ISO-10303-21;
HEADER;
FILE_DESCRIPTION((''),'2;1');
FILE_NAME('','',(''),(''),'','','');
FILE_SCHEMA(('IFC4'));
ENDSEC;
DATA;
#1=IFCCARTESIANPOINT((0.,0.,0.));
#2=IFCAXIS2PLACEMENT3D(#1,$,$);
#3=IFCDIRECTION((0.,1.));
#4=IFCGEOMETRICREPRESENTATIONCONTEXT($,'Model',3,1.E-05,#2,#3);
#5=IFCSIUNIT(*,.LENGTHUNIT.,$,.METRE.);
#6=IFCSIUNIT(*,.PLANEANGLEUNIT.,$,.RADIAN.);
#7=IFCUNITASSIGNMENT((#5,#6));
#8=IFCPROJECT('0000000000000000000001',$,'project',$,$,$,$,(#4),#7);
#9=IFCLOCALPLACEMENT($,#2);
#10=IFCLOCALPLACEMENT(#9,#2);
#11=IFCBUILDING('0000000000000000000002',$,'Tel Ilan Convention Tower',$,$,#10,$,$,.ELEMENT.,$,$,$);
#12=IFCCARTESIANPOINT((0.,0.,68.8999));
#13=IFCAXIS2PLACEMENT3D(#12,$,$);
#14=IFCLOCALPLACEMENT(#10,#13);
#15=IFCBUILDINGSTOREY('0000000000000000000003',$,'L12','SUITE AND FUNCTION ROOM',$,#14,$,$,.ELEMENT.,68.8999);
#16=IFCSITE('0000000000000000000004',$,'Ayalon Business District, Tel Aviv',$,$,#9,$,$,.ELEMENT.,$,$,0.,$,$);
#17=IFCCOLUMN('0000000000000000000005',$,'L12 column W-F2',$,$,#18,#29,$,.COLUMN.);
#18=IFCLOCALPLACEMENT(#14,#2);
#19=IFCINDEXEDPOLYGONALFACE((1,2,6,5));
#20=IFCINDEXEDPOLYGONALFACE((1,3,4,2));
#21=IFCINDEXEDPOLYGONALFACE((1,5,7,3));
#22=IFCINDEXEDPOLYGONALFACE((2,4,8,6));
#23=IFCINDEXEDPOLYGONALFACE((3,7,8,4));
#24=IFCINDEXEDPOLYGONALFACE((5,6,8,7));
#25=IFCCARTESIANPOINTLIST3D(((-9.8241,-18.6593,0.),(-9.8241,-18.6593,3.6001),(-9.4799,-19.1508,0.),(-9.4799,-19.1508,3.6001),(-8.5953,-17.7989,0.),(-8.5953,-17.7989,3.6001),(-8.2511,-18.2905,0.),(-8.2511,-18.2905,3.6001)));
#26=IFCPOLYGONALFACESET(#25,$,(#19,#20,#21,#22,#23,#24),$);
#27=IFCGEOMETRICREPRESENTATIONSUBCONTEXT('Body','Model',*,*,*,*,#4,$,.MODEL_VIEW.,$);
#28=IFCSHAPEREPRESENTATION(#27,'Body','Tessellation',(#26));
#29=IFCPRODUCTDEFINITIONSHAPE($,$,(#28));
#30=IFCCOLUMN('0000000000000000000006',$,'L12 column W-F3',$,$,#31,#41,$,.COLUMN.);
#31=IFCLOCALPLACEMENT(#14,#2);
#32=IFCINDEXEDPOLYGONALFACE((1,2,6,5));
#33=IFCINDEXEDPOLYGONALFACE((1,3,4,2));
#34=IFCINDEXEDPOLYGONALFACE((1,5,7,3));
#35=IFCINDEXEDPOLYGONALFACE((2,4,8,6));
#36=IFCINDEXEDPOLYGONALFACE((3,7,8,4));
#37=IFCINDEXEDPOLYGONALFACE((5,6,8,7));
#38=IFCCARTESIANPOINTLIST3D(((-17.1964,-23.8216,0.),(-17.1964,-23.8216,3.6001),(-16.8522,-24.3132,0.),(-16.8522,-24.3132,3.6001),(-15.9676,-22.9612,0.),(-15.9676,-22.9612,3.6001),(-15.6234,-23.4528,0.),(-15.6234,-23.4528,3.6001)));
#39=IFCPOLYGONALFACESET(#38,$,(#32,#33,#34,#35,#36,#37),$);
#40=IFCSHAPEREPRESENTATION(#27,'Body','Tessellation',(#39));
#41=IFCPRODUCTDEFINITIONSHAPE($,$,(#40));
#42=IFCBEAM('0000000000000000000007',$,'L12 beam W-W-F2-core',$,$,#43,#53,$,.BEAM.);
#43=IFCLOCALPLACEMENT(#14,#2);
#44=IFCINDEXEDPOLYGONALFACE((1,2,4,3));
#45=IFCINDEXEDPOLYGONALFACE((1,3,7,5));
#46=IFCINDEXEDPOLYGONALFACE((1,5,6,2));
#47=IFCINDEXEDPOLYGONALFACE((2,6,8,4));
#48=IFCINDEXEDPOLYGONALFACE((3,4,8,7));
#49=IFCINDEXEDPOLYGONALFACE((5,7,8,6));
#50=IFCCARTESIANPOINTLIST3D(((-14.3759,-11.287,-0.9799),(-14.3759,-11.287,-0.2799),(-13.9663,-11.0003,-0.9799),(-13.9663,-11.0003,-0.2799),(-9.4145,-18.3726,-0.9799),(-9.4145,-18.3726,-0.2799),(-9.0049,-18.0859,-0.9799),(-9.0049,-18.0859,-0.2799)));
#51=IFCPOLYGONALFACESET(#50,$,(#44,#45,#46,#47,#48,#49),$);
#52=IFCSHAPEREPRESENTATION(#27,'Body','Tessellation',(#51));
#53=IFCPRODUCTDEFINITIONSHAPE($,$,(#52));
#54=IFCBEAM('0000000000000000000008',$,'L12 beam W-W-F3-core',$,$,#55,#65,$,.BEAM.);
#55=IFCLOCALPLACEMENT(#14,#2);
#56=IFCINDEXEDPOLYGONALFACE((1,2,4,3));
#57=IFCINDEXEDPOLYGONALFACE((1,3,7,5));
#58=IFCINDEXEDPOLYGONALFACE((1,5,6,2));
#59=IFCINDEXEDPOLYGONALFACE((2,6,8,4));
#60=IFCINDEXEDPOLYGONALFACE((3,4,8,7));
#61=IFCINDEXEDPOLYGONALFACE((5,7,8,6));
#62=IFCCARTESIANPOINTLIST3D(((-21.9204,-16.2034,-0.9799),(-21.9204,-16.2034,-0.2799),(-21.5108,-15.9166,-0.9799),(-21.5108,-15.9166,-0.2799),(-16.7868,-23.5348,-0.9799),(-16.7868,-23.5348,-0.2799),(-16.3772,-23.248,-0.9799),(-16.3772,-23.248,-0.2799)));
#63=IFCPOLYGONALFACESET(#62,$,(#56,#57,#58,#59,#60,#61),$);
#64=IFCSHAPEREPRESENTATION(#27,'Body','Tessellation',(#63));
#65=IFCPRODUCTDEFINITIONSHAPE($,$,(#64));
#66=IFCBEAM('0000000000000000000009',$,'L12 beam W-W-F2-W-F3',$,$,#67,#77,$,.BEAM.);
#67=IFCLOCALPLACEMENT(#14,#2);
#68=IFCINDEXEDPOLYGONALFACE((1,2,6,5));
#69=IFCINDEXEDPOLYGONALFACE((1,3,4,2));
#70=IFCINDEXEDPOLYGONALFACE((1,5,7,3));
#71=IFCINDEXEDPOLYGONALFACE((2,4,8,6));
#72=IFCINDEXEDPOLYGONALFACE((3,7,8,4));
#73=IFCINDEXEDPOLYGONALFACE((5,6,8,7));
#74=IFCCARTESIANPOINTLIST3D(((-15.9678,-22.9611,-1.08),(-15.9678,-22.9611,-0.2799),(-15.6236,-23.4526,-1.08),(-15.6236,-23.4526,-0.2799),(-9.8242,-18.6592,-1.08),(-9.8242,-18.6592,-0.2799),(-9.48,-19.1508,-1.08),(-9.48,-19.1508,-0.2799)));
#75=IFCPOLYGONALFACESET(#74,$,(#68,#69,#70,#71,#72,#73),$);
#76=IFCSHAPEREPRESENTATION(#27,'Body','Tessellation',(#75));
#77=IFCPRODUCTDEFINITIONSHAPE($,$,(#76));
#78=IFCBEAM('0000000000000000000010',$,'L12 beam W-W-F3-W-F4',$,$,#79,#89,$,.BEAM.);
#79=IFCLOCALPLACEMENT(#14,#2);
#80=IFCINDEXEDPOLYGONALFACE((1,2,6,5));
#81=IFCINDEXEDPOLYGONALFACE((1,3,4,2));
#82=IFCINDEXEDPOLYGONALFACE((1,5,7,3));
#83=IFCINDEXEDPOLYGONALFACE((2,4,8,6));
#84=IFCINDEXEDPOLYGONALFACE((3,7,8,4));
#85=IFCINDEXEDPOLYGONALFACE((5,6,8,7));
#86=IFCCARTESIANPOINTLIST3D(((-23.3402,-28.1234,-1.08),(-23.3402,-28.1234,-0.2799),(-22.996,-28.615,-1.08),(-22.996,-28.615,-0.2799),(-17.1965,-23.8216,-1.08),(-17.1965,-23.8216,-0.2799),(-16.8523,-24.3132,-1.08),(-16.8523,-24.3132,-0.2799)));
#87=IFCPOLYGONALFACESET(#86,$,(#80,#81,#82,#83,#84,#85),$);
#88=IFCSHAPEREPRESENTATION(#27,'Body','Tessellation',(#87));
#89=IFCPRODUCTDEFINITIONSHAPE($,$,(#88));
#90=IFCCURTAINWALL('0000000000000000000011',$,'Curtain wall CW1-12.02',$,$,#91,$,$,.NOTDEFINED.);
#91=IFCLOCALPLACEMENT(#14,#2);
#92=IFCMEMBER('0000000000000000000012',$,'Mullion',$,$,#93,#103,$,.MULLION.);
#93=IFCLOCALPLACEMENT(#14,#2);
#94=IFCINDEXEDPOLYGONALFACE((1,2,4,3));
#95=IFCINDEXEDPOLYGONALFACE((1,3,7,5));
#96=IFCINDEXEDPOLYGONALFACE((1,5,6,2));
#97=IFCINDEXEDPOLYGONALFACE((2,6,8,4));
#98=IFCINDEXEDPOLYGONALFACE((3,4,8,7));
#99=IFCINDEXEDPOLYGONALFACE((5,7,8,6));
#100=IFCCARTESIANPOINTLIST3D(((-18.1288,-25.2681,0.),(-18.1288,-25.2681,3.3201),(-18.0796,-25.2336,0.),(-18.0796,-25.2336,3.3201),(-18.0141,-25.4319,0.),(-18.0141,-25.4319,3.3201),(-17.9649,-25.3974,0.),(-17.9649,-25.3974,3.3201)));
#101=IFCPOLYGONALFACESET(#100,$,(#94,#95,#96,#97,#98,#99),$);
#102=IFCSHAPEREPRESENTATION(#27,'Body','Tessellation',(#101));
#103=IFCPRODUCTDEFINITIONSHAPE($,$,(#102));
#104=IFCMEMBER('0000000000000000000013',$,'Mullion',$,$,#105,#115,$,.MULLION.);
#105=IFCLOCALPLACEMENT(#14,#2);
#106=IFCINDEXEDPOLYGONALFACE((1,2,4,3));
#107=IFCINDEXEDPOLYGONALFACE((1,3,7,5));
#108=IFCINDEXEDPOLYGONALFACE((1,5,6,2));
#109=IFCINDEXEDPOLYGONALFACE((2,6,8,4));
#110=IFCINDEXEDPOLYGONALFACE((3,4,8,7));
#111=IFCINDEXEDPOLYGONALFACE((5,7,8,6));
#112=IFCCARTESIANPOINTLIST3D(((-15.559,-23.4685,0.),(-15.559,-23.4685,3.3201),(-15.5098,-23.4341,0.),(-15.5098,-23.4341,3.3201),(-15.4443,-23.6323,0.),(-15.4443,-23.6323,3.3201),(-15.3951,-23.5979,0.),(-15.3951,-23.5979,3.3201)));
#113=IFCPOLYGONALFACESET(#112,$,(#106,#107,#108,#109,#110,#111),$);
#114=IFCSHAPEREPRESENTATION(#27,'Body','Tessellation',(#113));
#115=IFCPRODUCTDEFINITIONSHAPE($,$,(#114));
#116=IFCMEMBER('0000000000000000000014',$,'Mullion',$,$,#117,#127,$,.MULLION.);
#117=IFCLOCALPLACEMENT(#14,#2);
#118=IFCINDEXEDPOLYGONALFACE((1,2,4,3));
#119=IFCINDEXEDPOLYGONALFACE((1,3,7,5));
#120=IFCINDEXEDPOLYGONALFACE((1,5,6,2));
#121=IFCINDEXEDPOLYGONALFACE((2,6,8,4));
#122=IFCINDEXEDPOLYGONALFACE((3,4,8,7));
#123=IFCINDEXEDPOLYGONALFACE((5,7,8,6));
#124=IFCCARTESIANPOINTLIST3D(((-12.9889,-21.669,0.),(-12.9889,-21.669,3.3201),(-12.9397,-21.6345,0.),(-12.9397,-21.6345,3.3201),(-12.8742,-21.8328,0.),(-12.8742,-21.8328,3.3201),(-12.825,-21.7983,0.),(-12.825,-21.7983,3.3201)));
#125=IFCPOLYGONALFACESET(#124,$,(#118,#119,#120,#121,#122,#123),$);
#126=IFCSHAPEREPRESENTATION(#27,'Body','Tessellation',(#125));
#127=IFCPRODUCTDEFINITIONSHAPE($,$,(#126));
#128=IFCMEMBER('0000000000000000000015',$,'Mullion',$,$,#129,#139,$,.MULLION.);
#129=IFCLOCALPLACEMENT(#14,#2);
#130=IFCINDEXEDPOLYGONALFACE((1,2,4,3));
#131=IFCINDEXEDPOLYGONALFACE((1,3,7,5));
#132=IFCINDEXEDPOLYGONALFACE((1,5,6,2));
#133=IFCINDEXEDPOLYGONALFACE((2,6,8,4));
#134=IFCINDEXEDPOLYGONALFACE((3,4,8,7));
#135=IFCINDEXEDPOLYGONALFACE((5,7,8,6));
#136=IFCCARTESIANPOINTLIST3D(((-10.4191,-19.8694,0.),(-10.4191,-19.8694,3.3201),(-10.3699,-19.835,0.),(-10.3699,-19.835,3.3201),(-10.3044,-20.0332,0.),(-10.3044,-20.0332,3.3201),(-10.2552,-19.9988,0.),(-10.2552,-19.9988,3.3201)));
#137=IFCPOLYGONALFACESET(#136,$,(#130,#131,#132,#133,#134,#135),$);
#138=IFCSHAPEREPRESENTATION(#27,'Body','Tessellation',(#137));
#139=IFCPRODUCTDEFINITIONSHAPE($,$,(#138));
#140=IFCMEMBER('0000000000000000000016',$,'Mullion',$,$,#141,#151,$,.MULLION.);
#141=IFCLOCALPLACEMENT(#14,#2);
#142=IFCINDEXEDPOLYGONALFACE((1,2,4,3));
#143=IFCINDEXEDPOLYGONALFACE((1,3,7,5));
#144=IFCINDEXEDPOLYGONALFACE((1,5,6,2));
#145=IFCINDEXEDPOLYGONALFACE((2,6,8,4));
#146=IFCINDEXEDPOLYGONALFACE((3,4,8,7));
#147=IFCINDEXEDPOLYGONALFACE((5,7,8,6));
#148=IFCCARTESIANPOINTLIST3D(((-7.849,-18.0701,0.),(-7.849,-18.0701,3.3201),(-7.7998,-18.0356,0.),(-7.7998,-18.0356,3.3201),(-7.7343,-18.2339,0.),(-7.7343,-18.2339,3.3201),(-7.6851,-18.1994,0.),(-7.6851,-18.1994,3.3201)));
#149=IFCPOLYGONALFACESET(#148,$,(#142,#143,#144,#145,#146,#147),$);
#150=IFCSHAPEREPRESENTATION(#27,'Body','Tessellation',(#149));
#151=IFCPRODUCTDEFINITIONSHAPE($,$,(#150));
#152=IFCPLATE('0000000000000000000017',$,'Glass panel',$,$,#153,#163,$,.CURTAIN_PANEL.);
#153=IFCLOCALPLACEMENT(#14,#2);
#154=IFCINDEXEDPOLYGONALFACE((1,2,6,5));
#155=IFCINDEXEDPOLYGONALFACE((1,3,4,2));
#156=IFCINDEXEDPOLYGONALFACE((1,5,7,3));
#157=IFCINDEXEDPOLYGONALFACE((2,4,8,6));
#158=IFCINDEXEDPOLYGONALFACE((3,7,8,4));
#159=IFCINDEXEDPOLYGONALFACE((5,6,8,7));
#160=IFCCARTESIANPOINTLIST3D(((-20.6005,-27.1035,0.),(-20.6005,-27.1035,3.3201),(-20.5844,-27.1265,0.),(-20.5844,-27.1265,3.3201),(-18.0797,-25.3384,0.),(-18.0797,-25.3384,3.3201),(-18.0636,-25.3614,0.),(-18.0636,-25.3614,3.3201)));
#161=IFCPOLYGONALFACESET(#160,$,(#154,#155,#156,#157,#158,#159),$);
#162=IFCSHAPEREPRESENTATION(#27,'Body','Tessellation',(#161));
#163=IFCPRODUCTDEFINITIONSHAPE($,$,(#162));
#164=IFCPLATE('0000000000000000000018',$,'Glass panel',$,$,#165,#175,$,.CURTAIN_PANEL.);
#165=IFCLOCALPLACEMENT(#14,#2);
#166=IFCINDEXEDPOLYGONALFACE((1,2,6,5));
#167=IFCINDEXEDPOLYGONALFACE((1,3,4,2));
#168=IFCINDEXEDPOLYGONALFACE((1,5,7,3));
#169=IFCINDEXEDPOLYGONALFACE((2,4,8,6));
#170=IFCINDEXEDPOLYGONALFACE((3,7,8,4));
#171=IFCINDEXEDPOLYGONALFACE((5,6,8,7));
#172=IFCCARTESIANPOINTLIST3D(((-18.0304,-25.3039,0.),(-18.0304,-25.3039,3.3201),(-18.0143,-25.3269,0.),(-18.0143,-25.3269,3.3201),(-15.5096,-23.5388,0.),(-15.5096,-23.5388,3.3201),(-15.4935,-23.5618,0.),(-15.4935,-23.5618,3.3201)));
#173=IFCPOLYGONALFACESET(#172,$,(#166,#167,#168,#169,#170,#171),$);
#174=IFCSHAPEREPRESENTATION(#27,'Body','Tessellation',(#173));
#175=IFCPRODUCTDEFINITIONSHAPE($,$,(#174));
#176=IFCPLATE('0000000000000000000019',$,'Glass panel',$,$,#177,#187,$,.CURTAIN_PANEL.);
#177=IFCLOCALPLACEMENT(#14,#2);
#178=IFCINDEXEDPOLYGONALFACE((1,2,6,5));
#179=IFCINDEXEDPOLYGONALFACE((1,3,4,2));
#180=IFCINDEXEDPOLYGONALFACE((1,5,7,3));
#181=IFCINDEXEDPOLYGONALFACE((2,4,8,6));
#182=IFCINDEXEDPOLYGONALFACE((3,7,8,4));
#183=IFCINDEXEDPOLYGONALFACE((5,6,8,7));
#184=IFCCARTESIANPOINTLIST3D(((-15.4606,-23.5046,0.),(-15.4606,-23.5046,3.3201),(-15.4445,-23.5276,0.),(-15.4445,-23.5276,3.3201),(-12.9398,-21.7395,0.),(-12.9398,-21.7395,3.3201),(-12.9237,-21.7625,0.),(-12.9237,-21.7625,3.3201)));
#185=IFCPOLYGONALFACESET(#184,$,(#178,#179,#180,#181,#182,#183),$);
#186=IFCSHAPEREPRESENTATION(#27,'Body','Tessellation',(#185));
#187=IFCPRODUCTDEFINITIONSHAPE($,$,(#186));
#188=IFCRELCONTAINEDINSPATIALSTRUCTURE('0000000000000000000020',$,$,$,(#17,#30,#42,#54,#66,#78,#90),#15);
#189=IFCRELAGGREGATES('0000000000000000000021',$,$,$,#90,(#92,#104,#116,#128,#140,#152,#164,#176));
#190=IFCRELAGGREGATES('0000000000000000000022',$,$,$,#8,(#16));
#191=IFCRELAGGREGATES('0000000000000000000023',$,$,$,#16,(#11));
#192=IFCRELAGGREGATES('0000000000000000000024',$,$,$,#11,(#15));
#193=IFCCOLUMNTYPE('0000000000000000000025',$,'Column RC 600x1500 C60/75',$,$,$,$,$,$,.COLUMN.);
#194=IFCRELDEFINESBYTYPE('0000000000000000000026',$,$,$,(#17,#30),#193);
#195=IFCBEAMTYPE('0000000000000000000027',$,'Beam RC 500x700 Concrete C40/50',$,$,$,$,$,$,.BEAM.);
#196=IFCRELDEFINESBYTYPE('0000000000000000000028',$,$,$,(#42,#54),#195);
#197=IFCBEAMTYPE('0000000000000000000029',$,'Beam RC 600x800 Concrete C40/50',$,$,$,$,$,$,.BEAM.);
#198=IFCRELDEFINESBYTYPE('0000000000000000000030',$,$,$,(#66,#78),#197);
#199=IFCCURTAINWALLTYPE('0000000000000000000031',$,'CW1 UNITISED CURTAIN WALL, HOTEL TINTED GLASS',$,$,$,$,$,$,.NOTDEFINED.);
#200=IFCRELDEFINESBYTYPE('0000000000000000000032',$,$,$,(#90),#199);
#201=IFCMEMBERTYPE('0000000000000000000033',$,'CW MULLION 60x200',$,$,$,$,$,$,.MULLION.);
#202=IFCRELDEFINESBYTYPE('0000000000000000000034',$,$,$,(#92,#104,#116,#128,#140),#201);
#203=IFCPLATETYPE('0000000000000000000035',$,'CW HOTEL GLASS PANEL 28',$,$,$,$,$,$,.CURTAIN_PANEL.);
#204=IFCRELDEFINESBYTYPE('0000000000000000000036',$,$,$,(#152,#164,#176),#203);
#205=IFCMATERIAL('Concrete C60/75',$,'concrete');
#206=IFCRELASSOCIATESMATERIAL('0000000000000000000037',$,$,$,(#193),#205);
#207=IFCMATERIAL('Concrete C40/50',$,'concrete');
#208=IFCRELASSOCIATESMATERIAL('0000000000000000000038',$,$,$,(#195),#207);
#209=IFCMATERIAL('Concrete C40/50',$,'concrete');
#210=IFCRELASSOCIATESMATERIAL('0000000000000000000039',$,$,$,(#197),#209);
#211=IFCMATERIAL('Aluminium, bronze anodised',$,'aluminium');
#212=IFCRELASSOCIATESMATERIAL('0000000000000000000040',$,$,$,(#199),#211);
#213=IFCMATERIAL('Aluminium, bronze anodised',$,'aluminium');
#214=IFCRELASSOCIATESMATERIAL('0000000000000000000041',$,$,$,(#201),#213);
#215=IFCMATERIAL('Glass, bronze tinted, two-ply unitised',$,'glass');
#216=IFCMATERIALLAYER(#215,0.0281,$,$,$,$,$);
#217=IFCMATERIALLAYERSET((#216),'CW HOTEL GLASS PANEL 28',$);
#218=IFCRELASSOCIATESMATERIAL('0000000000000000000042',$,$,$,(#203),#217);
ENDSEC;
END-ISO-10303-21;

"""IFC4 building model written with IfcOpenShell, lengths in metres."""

from ifc_helpers import new_model, si_unit, direction, frame, origin, origin_2d, place, context, subcontext, project, spatial, rectangle, extrude, material, layer, layer_set, material_profile, profile_set, type_object, element, aggregate, save


model = new_model("IFC4")

# Units and contexts
model_context = context("Model", 3, precision=1e-05, world=origin(), true_north=direction((0.0, 1.0)))
body_context = subcontext(model_context, "Body", "Model", "MODEL_VIEW")
ifc_project = project(units=[si_unit("LENGTHUNIT", "METRE"), si_unit("PLANEANGLEUNIT", "RADIAN")], contexts=[model_context])

# Site, building, storey
site_placement = place(None, origin())
site = spatial("IfcSite", under=ifc_project, at=site_placement, Name="Ayalon Business District, Tel Aviv", CompositionType="ELEMENT", RefElevation=0.0)
building_placement = place(site_placement, origin())
building = spatial("IfcBuilding", under=site, at=building_placement, Name="Tel Ilan Convention Tower", CompositionType="ELEMENT")
storey_placement = place(building_placement, frame((0.0, 0.0, 68.8999)))
storey = spatial("IfcBuildingStorey", under=building, at=storey_placement, Name="L12", Description="SUITE AND FUNCTION ROOM", CompositionType="ELEMENT", Elevation=68.8999)

# Columns
ifc_material_1 = material(Name="Concrete C60/75", Category="concrete")
ifc_material_profile_1 = material_profile(ifc_material_1, rectangle(XDim=1.5, YDim=0.6001, at=origin_2d()), Name="RC 600x1500")
ifc_profile_set_1 = profile_set([ifc_material_profile_1], Name="Concrete C60/75")
column_type = type_object("IfcColumnType", Name="Column RC 600x1500 C60/75", PredefinedType="COLUMN", material=ifc_profile_set_1)
for number, where, z_axis, x_axis, name in (
    (1, (-9.0376, -18.4749, 0.0), (0.0, 0.0, 1.0), (-0.819152, -0.573576, 0.0), "L12 column W-F2"),
    (2, (-16.4099, -23.6372, 0.0), (0.0, 0.0, 1.0), (-0.819152, -0.573576, 0.0), "L12 column W-F3"),
):
    element("IfcColumn", number, at=place(storey_placement, frame(where, z_axis=z_axis, x_axis=x_axis)), inside=storey, type_object=column_type, Name=name, PredefinedType="COLUMN", context=body_context, shape_type="SweptSolid", body=[
        extrude(rectangle(XDim=1.5, YDim=0.6001, at=origin_2d()), origin(), (0.0, 0.0, 1.0), 3.6001),
    ])

# Beams
ifc_material_2 = material(Name="Concrete C40/50", Category="concrete")
ifc_material_profile_2 = material_profile(ifc_material_2, rectangle(XDim=0.5, YDim=0.7, at=origin_2d()), Name="RC 500x700")
ifc_profile_set_2 = profile_set([ifc_material_profile_2], Name="Concrete C40/50")
beam_type_1 = type_object("IfcBeamType", Name="Beam RC 500x700 Concrete C40/50", PredefinedType="BEAM", material=ifc_profile_set_2)
beam_1_placement = place(storey_placement, frame((-9.2097, -18.2292, -0.6299), z_axis=(-0.573574, 0.819154, 0.0), x_axis=(-0.819154, -0.573574, 0.0)))
element("IfcBeam", 3, at=beam_1_placement, inside=storey, type_object=beam_type_1, Name="L12 beam W-W-F2-core", PredefinedType="BEAM", context=body_context, shape_type="SweptSolid", body=[
    extrude(rectangle(XDim=0.5, YDim=0.7, at=origin_2d()), origin(), (0.0, 0.0, 1.0), 8.6499),
])
beam_2_placement = place(storey_placement, frame((-16.582, -23.3914, -0.6299), z_axis=(-0.573585, 0.819146, 0.0), x_axis=(-0.819146, -0.573585, 0.0)))
element("IfcBeam", 4, at=beam_2_placement, inside=storey, type_object=beam_type_1, Name="L12 beam W-W-F3-core", PredefinedType="BEAM", context=body_context, shape_type="SweptSolid", body=[
    extrude(rectangle(XDim=0.5, YDim=0.7, at=origin_2d()), origin(), (0.0, 0.0, 1.0), 8.95),
])
ifc_material_3 = material(Name="Concrete C40/50", Category="concrete")
ifc_material_profile_3 = material_profile(ifc_material_3, rectangle(XDim=0.6001, YDim=0.8, at=origin_2d()), Name="RC 600x800")
ifc_profile_set_3 = profile_set([ifc_material_profile_3], Name="Concrete C40/50")
beam_type_2 = type_object("IfcBeamType", Name="Beam RC 600x800 Concrete C40/50", PredefinedType="BEAM", material=ifc_profile_set_3)
for number, where, z_axis, x_axis, name in (
    (5, (-9.6521, -18.905, -0.6799), (-0.819152, -0.573576, 0.0), (0.573576, -0.819152, 0.0), "L12 beam W-W-F2-W-F3"),
    (6, (-17.0244, -24.0674, -0.6799), (-0.819152, -0.573576, 0.0), (0.573576, -0.819152, 0.0), "L12 beam W-W-F3-W-F4"),
):
    element("IfcBeam", number, at=place(storey_placement, frame(where, z_axis=z_axis, x_axis=x_axis)), inside=storey, type_object=beam_type_2, Name=name, PredefinedType="BEAM", context=body_context, shape_type="SweptSolid", body=[
        extrude(rectangle(XDim=0.6001, YDim=0.8, at=origin_2d()), origin(), (0.0, 0.0, 1.0), 7.5),
    ])

# Curtain wall, members, plates
ifc_material_4 = material(Name="Aluminium, bronze anodised", Category="aluminium")
curtain_wall_type = type_object("IfcCurtainWallType", Name="CW1 UNITISED CURTAIN WALL, HOTEL TINTED GLASS", PredefinedType="NOTDEFINED", material=ifc_material_4)
curtain_wall_placement = place(storey_placement, origin())
curtain_wall = element("IfcCurtainWall", 7, at=curtain_wall_placement, inside=storey, type_object=curtain_wall_type, Name="Curtain wall CW1-12.02", PredefinedType="NOTDEFINED")
ifc_material_5 = material(Name="Aluminium, bronze anodised", Category="aluminium")
ifc_material_profile_4 = material_profile(ifc_material_5, rectangle(XDim=0.0601, YDim=0.2, at=origin_2d()), Name="CW MULLION 60x200")
ifc_profile_set_4 = profile_set([ifc_material_profile_4], Name="Aluminium, bronze anodised")
member_type = type_object("IfcMemberType", Name="CW MULLION 60x200", PredefinedType="MULLION", material=ifc_profile_set_4)
member_1_placement = place(storey_placement, frame((-18.0469, -25.3328, 0.0), z_axis=(0.0, 0.0, 1.0), x_axis=(0.819152, 0.573576, 0.0)))
member_1 = element("IfcMember", 8, at=member_1_placement, type_object=member_type, Name="Mullion", PredefinedType="MULLION", context=body_context, shape_type="SweptSolid", body=[
    extrude(rectangle(XDim=0.0601, YDim=0.2, at=origin_2d()), origin(), (0.0, 0.0, 1.0), 3.3201),
])
member_2_placement = place(storey_placement, frame((-15.4771, -23.5332, 0.0), z_axis=(0.0, 0.0, 1.0), x_axis=(0.819152, 0.573576, 0.0)))
member_2 = element("IfcMember", 9, at=member_2_placement, type_object=member_type, Name="Mullion", PredefinedType="MULLION", context=body_context, shape_type="SweptSolid", body=[
    extrude(rectangle(XDim=0.0601, YDim=0.2, at=origin_2d()), origin(), (0.0, 0.0, 1.0), 3.3201),
])
member_3_placement = place(storey_placement, frame((-12.907, -21.7336, 0.0), z_axis=(0.0, 0.0, 1.0), x_axis=(0.819152, 0.573576, 0.0)))
member_3 = element("IfcMember", 10, at=member_3_placement, type_object=member_type, Name="Mullion", PredefinedType="MULLION", context=body_context, shape_type="SweptSolid", body=[
    extrude(rectangle(XDim=0.0601, YDim=0.2, at=origin_2d()), origin(), (0.0, 0.0, 1.0), 3.3201),
])
member_4_placement = place(storey_placement, frame((-10.3372, -19.9341, 0.0), z_axis=(0.0, 0.0, 1.0), x_axis=(0.819152, 0.573576, 0.0)))
member_4 = element("IfcMember", 11, at=member_4_placement, type_object=member_type, Name="Mullion", PredefinedType="MULLION", context=body_context, shape_type="SweptSolid", body=[
    extrude(rectangle(XDim=0.0601, YDim=0.2, at=origin_2d()), origin(), (0.0, 0.0, 1.0), 3.3201),
])
member_5_placement = place(storey_placement, frame((-7.7671, -18.1348, 0.0), z_axis=(0.0, 0.0, 1.0), x_axis=(0.819152, 0.573576, 0.0)))
member_5 = element("IfcMember", 12, at=member_5_placement, type_object=member_type, Name="Mullion", PredefinedType="MULLION", context=body_context, shape_type="SweptSolid", body=[
    extrude(rectangle(XDim=0.0601, YDim=0.2, at=origin_2d()), origin(), (0.0, 0.0, 1.0), 3.3201),
])
ifc_material_6 = material(Name="Glass, bronze tinted, two-ply unitised", Category="glass")
ifc_layer_1 = layer(ifc_material_6, 0.0281)
ifc_layer_set_1 = layer_set([ifc_layer_1], Name="CW HOTEL GLASS PANEL 28")
plate_type = type_object("IfcPlateType", Name="CW HOTEL GLASS PANEL 28", PredefinedType="CURTAIN_PANEL", material=ifc_layer_set_1)
plate_1_placement = place(storey_placement, frame((-19.332, -26.2324, 0.0), z_axis=(0.0, 0.0, 1.0), x_axis=(0.819152, 0.573576, 0.0)))
plate_1 = element("IfcPlate", 13, at=plate_1_placement, type_object=plate_type, Name="Glass panel", PredefinedType="CURTAIN_PANEL", context=body_context, shape_type="SweptSolid", body=[
    extrude(rectangle(XDim=3.0774, YDim=0.0281, at=origin_2d()), origin(), (0.0, 0.0, 1.0), 3.3201),
])
plate_2_placement = place(storey_placement, frame((-16.762, -24.4329, 0.0), z_axis=(0.0, 0.0, 1.0), x_axis=(0.819152, 0.573576, 0.0)))
plate_2 = element("IfcPlate", 14, at=plate_2_placement, type_object=plate_type, Name="Glass panel", PredefinedType="CURTAIN_PANEL", context=body_context, shape_type="SweptSolid", body=[
    extrude(rectangle(XDim=3.0774, YDim=0.0281, at=origin_2d()), origin(), (0.0, 0.0, 1.0), 3.3201),
])
plate_3_placement = place(storey_placement, frame((-14.1921, -22.6335, 0.0), z_axis=(0.0, 0.0, 1.0), x_axis=(0.819152, 0.573576, 0.0)))
plate_3 = element("IfcPlate", 15, at=plate_3_placement, type_object=plate_type, Name="Glass panel", PredefinedType="CURTAIN_PANEL", context=body_context, shape_type="SweptSolid", body=[
    extrude(rectangle(XDim=3.0774, YDim=0.0281, at=origin_2d()), origin(), (0.0, 0.0, 1.0), 3.3201),
])
aggregate(curtain_wall, [member_1, member_2, member_3, member_4, member_5, plate_1, plate_2, plate_3])

save(model, "model.ifc")
